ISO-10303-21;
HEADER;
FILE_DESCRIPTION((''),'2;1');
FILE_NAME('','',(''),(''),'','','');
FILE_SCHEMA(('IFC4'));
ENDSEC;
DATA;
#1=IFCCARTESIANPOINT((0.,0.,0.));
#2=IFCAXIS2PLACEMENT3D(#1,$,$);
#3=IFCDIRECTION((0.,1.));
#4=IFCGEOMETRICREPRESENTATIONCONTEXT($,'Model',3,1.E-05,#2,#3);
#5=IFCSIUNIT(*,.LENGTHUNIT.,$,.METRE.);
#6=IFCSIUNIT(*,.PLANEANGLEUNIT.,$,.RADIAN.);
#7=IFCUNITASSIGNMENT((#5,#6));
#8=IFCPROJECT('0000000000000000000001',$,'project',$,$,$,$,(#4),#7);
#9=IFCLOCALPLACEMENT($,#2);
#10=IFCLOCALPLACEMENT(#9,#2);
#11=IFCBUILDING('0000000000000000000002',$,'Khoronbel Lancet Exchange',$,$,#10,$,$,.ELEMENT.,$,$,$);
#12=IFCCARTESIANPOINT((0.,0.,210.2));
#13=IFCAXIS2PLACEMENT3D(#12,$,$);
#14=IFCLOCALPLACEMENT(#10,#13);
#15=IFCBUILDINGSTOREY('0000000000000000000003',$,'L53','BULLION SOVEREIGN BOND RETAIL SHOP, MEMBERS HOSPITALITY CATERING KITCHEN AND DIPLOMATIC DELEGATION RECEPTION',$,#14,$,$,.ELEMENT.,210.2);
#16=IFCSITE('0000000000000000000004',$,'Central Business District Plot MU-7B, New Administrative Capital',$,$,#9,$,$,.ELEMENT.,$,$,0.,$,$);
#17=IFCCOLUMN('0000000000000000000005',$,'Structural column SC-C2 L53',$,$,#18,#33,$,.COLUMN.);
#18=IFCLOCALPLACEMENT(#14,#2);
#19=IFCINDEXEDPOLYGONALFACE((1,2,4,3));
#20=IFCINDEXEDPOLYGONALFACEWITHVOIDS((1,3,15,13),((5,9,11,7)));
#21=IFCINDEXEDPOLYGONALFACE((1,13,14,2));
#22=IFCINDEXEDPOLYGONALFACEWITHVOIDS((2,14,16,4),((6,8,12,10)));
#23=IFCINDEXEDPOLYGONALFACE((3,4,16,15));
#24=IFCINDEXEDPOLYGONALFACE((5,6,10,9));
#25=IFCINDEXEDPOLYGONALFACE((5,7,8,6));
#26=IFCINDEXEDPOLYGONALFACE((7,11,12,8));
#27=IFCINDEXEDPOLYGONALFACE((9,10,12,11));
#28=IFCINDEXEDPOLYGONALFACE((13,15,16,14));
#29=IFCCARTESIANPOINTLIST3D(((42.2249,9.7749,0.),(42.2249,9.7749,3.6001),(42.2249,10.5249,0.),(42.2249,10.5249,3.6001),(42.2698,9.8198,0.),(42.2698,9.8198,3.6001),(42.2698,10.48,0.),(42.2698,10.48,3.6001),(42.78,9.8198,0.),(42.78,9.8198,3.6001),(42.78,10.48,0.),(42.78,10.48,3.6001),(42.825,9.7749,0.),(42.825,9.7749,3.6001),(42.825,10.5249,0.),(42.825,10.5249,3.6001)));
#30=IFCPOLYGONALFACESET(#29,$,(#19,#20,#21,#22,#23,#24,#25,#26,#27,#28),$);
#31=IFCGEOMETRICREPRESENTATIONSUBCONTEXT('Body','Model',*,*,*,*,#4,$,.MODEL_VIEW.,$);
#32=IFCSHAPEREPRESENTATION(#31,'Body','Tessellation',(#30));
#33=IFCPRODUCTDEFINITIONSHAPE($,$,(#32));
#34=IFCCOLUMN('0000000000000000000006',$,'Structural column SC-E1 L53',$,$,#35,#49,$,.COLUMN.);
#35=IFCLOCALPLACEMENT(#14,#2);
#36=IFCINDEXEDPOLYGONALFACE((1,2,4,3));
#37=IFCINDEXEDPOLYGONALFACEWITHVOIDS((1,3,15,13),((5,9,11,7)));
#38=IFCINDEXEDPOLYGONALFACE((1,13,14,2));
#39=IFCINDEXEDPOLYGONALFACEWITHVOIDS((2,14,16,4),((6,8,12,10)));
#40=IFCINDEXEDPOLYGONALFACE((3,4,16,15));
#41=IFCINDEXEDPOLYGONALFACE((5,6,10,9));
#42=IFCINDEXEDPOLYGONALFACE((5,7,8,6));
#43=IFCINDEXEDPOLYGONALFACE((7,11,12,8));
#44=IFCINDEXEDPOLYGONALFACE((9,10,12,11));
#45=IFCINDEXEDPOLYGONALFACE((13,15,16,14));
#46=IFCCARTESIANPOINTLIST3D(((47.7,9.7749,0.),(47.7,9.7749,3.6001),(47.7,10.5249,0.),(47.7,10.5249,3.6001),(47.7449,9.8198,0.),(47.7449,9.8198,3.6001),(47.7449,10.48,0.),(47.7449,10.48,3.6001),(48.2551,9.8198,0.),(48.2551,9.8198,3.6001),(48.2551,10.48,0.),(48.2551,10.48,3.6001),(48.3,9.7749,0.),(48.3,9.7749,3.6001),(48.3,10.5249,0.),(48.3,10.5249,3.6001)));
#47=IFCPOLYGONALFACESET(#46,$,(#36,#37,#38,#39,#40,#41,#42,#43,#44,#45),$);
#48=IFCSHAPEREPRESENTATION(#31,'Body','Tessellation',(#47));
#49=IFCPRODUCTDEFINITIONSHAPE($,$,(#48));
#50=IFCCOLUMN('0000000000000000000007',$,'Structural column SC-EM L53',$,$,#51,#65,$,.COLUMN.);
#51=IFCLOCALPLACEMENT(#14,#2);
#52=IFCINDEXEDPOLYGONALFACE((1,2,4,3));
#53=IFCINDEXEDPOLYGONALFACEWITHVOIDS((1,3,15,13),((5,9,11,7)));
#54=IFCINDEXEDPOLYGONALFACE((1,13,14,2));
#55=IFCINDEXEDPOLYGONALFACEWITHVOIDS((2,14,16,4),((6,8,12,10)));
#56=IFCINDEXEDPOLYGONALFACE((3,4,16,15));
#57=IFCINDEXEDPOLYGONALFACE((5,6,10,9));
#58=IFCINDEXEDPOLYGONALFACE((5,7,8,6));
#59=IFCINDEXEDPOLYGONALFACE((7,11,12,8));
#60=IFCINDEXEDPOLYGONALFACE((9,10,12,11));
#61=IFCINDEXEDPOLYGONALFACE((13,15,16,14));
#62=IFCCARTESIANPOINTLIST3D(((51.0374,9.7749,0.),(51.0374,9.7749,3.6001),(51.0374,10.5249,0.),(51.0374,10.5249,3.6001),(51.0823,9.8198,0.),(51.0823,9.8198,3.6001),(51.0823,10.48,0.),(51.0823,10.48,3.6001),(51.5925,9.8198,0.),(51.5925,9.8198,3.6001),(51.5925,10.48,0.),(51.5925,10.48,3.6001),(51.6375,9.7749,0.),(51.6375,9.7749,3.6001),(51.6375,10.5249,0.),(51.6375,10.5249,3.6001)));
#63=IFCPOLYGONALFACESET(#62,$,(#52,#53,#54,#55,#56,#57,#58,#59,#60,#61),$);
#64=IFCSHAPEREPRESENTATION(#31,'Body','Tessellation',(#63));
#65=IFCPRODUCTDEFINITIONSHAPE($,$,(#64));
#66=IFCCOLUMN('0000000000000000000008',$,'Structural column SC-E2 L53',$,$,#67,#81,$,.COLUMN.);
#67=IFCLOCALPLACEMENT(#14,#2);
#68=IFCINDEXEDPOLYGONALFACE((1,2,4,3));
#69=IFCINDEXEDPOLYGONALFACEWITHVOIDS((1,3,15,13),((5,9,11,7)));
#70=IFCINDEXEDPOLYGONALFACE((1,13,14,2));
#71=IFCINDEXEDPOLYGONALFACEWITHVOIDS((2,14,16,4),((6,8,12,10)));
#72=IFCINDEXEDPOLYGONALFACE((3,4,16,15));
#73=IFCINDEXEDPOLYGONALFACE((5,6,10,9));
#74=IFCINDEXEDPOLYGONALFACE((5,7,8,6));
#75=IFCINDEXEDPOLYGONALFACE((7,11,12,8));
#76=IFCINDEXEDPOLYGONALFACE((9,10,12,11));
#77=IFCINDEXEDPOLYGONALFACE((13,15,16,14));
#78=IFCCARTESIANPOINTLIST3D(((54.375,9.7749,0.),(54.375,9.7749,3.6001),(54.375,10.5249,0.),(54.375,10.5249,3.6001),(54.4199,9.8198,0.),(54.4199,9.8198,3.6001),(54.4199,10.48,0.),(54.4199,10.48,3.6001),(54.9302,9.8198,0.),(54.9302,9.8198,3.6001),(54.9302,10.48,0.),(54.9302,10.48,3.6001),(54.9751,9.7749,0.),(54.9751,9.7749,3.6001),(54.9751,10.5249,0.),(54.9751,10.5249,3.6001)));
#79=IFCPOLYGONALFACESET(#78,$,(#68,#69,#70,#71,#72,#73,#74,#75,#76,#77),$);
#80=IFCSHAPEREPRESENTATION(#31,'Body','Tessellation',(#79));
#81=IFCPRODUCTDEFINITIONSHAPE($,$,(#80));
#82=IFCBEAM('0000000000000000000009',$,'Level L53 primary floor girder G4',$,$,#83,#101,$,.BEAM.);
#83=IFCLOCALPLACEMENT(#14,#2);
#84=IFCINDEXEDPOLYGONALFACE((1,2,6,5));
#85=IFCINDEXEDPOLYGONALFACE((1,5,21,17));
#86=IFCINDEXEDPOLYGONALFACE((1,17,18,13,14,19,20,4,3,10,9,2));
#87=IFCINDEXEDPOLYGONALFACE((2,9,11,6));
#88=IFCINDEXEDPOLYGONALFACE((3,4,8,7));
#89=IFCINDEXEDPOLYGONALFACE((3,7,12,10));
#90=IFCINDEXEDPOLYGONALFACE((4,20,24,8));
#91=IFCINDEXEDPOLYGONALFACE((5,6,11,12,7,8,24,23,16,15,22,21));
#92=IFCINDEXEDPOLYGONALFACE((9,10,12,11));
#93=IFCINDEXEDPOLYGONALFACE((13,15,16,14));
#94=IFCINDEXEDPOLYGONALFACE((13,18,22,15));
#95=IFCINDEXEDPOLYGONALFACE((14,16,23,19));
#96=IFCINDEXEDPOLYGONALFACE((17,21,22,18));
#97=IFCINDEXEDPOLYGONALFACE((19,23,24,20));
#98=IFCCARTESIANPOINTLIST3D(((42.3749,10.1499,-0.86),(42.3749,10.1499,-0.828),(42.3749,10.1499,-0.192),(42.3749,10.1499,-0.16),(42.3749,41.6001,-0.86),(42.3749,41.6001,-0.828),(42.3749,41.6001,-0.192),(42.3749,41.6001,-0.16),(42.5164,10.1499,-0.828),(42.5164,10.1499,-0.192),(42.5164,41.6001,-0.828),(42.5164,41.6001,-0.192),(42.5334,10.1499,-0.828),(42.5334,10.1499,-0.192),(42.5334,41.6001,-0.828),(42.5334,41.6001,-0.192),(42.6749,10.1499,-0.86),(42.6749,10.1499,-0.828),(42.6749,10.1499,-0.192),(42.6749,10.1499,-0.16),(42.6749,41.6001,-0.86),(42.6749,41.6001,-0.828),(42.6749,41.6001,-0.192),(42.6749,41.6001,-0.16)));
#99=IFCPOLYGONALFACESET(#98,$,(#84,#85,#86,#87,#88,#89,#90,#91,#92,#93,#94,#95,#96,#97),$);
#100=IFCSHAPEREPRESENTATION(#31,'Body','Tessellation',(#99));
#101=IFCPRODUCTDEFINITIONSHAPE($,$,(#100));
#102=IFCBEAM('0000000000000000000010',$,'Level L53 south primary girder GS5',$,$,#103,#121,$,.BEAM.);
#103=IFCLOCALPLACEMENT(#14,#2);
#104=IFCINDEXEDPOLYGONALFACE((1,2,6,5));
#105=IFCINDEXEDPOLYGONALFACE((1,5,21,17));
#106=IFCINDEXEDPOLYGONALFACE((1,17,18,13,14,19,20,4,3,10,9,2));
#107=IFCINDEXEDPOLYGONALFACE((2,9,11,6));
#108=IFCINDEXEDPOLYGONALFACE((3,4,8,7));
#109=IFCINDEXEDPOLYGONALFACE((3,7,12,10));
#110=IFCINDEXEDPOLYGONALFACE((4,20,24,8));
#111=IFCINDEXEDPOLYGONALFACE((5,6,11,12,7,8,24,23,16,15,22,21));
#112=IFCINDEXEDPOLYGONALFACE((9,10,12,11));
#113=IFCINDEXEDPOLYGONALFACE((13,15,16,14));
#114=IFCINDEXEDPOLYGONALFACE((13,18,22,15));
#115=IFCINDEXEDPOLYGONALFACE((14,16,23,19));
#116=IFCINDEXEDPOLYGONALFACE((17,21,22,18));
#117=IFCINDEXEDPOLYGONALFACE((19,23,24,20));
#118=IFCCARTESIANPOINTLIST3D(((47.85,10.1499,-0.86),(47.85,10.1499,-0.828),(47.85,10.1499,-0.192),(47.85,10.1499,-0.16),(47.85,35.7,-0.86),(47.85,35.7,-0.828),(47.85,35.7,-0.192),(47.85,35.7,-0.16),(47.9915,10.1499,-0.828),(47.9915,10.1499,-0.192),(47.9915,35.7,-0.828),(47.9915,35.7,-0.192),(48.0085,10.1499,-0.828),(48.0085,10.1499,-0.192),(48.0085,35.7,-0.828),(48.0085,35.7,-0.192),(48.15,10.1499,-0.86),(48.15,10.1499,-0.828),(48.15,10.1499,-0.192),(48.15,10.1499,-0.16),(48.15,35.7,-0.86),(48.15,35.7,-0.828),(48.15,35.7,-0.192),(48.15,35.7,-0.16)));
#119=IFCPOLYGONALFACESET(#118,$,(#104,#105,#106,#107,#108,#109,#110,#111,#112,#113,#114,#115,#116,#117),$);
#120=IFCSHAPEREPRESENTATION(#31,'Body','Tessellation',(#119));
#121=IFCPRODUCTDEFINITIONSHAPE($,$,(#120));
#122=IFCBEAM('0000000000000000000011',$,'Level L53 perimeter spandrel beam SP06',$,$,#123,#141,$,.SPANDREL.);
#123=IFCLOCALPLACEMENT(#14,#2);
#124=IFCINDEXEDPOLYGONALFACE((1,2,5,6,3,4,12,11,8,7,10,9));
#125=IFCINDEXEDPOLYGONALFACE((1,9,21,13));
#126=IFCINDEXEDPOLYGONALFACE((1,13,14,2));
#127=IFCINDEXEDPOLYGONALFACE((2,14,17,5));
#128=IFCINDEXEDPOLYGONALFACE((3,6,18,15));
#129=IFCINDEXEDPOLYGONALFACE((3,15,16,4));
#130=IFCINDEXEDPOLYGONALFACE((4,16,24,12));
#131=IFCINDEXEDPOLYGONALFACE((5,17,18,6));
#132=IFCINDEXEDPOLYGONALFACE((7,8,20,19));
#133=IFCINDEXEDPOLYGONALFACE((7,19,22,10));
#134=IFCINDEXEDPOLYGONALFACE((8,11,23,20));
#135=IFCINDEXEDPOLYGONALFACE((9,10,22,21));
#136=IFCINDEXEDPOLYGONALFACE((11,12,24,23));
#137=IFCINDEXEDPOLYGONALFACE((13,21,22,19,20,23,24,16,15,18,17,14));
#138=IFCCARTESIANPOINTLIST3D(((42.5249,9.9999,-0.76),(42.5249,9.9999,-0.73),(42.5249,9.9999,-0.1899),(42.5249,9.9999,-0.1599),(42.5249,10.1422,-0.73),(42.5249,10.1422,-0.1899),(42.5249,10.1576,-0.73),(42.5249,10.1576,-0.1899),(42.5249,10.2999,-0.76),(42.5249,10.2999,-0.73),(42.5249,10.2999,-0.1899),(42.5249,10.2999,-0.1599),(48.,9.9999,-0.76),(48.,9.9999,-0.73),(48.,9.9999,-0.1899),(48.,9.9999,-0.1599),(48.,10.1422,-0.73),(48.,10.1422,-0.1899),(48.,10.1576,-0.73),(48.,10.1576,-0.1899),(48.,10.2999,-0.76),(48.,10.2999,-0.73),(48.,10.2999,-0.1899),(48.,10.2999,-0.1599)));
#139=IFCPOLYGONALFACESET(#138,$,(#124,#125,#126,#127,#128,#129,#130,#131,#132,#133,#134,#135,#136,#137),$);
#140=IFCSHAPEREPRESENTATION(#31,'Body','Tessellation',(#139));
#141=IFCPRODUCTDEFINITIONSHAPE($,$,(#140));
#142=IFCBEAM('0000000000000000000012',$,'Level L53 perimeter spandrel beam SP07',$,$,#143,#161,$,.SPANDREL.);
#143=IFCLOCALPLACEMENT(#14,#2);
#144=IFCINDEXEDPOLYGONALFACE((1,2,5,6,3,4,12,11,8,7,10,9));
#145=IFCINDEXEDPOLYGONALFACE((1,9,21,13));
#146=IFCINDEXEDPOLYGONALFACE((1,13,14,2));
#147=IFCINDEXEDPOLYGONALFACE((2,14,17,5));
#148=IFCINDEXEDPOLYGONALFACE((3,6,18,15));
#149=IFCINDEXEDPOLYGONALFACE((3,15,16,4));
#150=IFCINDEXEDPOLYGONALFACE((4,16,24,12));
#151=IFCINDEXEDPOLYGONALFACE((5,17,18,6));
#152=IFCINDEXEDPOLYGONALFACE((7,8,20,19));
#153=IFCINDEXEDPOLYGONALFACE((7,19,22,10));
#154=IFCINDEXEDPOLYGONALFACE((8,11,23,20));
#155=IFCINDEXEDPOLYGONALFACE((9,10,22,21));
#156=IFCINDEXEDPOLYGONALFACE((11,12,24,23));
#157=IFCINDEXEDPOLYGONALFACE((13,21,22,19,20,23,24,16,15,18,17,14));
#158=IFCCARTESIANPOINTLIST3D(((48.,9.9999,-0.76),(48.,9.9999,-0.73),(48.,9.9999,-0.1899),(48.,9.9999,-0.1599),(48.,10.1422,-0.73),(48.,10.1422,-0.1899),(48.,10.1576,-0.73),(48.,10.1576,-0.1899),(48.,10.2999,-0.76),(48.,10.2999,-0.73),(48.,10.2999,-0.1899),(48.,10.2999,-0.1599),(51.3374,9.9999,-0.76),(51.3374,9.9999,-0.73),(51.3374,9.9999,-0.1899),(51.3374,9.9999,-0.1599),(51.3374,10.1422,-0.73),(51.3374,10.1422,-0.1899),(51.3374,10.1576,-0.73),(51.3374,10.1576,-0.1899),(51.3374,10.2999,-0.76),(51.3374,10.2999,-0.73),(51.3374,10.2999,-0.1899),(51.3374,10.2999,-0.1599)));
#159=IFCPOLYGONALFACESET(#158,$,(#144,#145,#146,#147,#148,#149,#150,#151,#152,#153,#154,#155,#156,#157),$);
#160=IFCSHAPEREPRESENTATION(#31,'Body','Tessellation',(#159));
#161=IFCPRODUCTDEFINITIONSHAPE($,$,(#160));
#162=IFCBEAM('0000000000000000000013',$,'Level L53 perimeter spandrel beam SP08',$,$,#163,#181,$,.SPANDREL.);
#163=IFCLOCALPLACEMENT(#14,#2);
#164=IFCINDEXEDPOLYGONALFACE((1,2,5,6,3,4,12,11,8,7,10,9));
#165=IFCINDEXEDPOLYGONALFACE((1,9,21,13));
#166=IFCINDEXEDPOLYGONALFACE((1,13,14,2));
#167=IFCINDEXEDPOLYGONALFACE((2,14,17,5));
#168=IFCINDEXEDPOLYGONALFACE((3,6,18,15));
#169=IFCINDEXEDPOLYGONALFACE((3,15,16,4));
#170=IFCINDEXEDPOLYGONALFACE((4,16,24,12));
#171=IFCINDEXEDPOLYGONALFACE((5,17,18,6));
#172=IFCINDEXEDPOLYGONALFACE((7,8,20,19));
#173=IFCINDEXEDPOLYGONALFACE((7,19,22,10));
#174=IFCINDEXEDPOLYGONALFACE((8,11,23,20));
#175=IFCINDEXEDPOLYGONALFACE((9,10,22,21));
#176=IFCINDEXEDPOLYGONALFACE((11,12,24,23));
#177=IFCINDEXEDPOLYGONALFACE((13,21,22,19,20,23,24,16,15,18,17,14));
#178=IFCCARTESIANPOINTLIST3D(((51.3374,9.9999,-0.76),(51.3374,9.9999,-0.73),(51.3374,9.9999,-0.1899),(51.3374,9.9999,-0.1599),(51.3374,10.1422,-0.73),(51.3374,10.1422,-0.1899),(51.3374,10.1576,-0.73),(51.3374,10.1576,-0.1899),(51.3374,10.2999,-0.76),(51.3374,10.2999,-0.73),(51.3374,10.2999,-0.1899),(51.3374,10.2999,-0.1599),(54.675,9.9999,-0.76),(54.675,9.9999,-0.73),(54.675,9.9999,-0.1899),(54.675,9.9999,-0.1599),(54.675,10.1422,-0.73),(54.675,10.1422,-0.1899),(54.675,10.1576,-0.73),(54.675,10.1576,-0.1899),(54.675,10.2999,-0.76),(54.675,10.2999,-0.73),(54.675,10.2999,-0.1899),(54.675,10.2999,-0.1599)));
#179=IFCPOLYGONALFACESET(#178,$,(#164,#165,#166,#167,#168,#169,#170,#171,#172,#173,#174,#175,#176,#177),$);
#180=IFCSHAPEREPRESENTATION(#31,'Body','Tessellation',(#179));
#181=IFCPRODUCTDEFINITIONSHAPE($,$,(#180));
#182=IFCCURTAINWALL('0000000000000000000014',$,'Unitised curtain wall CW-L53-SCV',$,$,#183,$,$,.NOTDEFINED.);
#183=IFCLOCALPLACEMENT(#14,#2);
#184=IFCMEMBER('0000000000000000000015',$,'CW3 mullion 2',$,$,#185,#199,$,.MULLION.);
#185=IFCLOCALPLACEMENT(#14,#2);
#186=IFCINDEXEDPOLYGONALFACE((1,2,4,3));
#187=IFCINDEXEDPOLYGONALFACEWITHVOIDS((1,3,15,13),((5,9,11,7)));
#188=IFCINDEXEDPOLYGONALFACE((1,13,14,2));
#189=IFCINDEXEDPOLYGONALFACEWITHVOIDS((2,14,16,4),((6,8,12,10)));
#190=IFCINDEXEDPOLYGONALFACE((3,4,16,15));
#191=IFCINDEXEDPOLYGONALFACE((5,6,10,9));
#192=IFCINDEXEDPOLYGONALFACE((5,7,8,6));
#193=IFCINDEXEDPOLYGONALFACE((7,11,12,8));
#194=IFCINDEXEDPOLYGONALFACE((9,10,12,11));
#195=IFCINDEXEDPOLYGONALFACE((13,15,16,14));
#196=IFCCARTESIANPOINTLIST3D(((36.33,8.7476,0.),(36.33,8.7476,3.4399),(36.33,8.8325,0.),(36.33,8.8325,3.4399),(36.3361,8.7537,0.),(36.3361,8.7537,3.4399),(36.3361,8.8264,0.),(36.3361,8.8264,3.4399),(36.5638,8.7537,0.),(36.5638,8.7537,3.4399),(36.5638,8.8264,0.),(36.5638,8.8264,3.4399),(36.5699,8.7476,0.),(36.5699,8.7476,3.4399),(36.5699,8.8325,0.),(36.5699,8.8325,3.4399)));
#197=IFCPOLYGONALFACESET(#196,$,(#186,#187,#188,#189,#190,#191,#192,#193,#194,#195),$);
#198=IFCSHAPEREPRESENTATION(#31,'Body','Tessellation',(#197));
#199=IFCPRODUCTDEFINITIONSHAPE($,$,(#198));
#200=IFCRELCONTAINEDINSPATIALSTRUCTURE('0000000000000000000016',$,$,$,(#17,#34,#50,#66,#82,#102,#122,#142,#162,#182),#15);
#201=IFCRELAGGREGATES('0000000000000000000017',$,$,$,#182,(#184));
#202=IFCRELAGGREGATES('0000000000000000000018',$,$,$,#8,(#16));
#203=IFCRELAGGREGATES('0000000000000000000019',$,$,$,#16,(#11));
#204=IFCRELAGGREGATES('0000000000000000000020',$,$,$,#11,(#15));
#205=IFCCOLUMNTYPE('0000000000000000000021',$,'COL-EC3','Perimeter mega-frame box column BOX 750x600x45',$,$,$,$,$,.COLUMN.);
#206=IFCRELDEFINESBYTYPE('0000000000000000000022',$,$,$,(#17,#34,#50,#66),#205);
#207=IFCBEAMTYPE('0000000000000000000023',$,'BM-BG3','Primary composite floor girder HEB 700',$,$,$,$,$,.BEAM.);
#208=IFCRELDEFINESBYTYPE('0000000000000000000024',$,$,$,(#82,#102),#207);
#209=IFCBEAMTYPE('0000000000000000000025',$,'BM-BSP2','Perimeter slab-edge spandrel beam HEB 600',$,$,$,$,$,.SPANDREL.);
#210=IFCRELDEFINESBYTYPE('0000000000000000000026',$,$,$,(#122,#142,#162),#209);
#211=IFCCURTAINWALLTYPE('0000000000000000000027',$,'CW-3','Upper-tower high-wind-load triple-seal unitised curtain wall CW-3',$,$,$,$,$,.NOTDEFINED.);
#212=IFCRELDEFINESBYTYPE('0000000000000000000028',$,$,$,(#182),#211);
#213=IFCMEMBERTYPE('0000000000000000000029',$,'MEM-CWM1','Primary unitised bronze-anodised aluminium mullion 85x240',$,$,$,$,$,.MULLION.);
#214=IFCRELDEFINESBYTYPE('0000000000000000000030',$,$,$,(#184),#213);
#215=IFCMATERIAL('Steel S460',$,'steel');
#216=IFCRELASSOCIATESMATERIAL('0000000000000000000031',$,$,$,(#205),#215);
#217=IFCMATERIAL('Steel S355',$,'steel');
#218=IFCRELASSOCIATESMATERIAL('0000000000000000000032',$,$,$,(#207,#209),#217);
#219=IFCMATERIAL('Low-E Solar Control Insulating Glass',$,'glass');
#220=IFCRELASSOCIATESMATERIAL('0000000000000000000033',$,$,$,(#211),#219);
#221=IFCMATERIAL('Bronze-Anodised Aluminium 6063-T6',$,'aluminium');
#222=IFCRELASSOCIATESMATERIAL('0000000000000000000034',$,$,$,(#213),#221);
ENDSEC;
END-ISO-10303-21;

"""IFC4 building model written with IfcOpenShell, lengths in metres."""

from ifc_helpers import new_model, si_unit, direction, frame, origin, origin_2d, place, context, subcontext, project, spatial, hollow_rectangle, i_section, extrude, material, material_profile, profile_set, type_object, element, aggregate, save


model = new_model("IFC4")

# Units and contexts
model_context = context("Model", 3, precision=1e-05, world=origin(), true_north=direction((0.0, 1.0)))
body_context = subcontext(model_context, "Body", "Model", "MODEL_VIEW")
ifc_project = project(units=[si_unit("LENGTHUNIT", "METRE"), si_unit("PLANEANGLEUNIT", "RADIAN")], contexts=[model_context])

# Site, building, storey
site_placement = place(None, origin())
site = spatial("IfcSite", under=ifc_project, at=site_placement, Name="Central Business District Plot MU-7B, New Administrative Capital", CompositionType="ELEMENT", RefElevation=0.0)
building_placement = place(site_placement, origin())
building = spatial("IfcBuilding", under=site, at=building_placement, Name="Khoronbel Lancet Exchange", CompositionType="ELEMENT")
storey_placement = place(building_placement, frame((0.0, 0.0, 210.2)))
storey = spatial("IfcBuildingStorey", under=building, at=storey_placement, Name="L53", Description="BULLION SOVEREIGN BOND RETAIL SHOP, MEMBERS HOSPITALITY CATERING KITCHEN AND DIPLOMATIC DELEGATION RECEPTION", CompositionType="ELEMENT", Elevation=210.2)

# Columns
ifc_material_1 = material(Name="Steel S460", Category="steel")
ifc_material_profile_1 = material_profile(ifc_material_1, hollow_rectangle(XDim=0.6001, YDim=0.75, WallThickness=0.0449, at=origin_2d()), Name="BOX 750x600x45")
ifc_profile_set_1 = profile_set([ifc_material_profile_1], Name="Steel S460")
column_type = type_object("IfcColumnType", Name="COL-EC3", Description="Perimeter mega-frame box column BOX 750x600x45", PredefinedType="COLUMN", material=ifc_profile_set_1)
for number, where, z_axis, x_axis, name in (
    (1, (42.5249, 10.1499, 0.0), (0.0, 0.0, 1.0), (1.0, 0.0, 0.0), "Structural column SC-C2 L53"),
    (2, (48.0, 10.1499, 0.0), (0.0, 0.0, 1.0), (1.0, 0.0, 0.0), "Structural column SC-E1 L53"),
    (3, (51.3374, 10.1499, 0.0), (0.0, 0.0, 1.0), (1.0, 0.0, 0.0), "Structural column SC-EM L53"),
    (4, (54.675, 10.1499, 0.0), (0.0, 0.0, 1.0), (1.0, 0.0, 0.0), "Structural column SC-E2 L53"),
):
    element("IfcColumn", number, at=place(storey_placement, frame(where, z_axis=z_axis, x_axis=x_axis)), inside=storey, type_object=column_type, Name=name, PredefinedType="COLUMN", context=body_context, shape_type="SweptSolid", body=[
        extrude(hollow_rectangle(XDim=0.6001, YDim=0.75, WallThickness=0.0449, at=origin_2d()), origin(), (0.0, 0.0, 1.0), 3.6001),
    ])

# Beams
ifc_material_2 = material(Name="Steel S355", Category="steel")
ifc_material_profile_2 = material_profile(ifc_material_2, i_section(OverallWidth=0.3, OverallDepth=0.7, WebThickness=0.0171, FlangeThickness=0.032, at=origin_2d()), Name="HEB 700")
ifc_profile_set_2 = profile_set([ifc_material_profile_2], Name="Steel S355")
beam_type_1 = type_object("IfcBeamType", Name="BM-BG3", Description="Primary composite floor girder HEB 700", PredefinedType="BEAM", material=ifc_profile_set_2)
beam_1_placement = place(storey_placement, frame((42.5249, 10.1499, -0.51), z_axis=(0.0, 1.0, 0.0), x_axis=(-1.0, 0.0, 0.0)))
element("IfcBeam", 5, at=beam_1_placement, inside=storey, type_object=beam_type_1, Name="Level L53 primary floor girder G4", PredefinedType="BEAM", context=body_context, shape_type="SweptSolid", body=[
    extrude(i_section(OverallWidth=0.3, OverallDepth=0.7, WebThickness=0.0171, FlangeThickness=0.032, at=origin_2d()), origin(), (0.0, 0.0, 1.0), 31.4502),
])
beam_2_placement = place(storey_placement, frame((48.0, 10.1499, -0.51), z_axis=(0.0, 1.0, 0.0), x_axis=(-1.0, 0.0, 0.0)))
element("IfcBeam", 6, at=beam_2_placement, inside=storey, type_object=beam_type_1, Name="Level L53 south primary girder GS5", PredefinedType="BEAM", context=body_context, shape_type="SweptSolid", body=[
    extrude(i_section(OverallWidth=0.3, OverallDepth=0.7, WebThickness=0.0171, FlangeThickness=0.032, at=origin_2d()), origin(), (0.0, 0.0, 1.0), 25.55),
])
ifc_material_profile_3 = material_profile(ifc_material_2, i_section(OverallWidth=0.3, OverallDepth=0.6001, WebThickness=0.0154, FlangeThickness=0.03, at=origin_2d()), Name="HEB 600")
ifc_profile_set_3 = profile_set([ifc_material_profile_3], Name="Steel S355")
beam_type_2 = type_object("IfcBeamType", Name="BM-BSP2", Description="Perimeter slab-edge spandrel beam HEB 600", PredefinedType="SPANDREL", material=ifc_profile_set_3)
beam_3_placement = place(storey_placement, frame((42.5249, 10.1499, -0.46), z_axis=(1.0, 0.0, 0.0), x_axis=(0.0, 1.0, 0.0)))
element("IfcBeam", 7, at=beam_3_placement, inside=storey, type_object=beam_type_2, Name="Level L53 perimeter spandrel beam SP06", PredefinedType="SPANDREL", context=body_context, shape_type="SweptSolid", body=[
    extrude(i_section(OverallWidth=0.3, OverallDepth=0.6001, WebThickness=0.0154, FlangeThickness=0.03, at=origin_2d()), origin(), (0.0, 0.0, 1.0), 5.4751),
])
beam_4_placement = place(storey_placement, frame((48.0, 10.1499, -0.46), z_axis=(1.0, 0.0, 0.0), x_axis=(0.0, 1.0, 0.0)))
element("IfcBeam", 8, at=beam_4_placement, inside=storey, type_object=beam_type_2, Name="Level L53 perimeter spandrel beam SP07", PredefinedType="SPANDREL", context=body_context, shape_type="SweptSolid", body=[
    extrude(i_section(OverallWidth=0.3, OverallDepth=0.6001, WebThickness=0.0154, FlangeThickness=0.03, at=origin_2d()), origin(), (0.0, 0.0, 1.0), 3.3374),
])
beam_5_placement = place(storey_placement, frame((51.3374, 10.1499, -0.46), z_axis=(1.0, 0.0, 0.0), x_axis=(0.0, 1.0, 0.0)))
element("IfcBeam", 9, at=beam_5_placement, inside=storey, type_object=beam_type_2, Name="Level L53 perimeter spandrel beam SP08", PredefinedType="SPANDREL", context=body_context, shape_type="SweptSolid", body=[
    extrude(i_section(OverallWidth=0.3, OverallDepth=0.6001, WebThickness=0.0154, FlangeThickness=0.03, at=origin_2d()), origin(), (0.0, 0.0, 1.0), 3.3376),
])

# Curtain wall, member
ifc_material_3 = material(Name="Low-E Solar Control Insulating Glass", Category="glass")
curtain_wall_type = type_object("IfcCurtainWallType", Name="CW-3", Description="Upper-tower high-wind-load triple-seal unitised curtain wall CW-3", PredefinedType="NOTDEFINED", material=ifc_material_3)
curtain_wall_1_placement = place(storey_placement, origin())
curtain_wall_1 = element("IfcCurtainWall", 10, at=curtain_wall_1_placement, inside=storey, type_object=curtain_wall_type, Name="Unitised curtain wall CW-L53-SCV", PredefinedType="NOTDEFINED")
ifc_material_4 = material(Name="Bronze-Anodised Aluminium 6063-T6", Category="aluminium")
ifc_material_profile_4 = material_profile(ifc_material_4, hollow_rectangle(XDim=0.085, YDim=0.24, WallThickness=0.0061, at=origin_2d()), Name="ALU MULLION 85x240")
ifc_profile_set_4 = profile_set([ifc_material_profile_4], Name="Bronze-Anodised Aluminium 6063-T6")
member_type_1 = type_object("IfcMemberType", Name="MEM-CWM1", Description="Primary unitised bronze-anodised aluminium mullion 85x240", PredefinedType="MULLION", material=ifc_profile_set_4)
member_1_placement = place(storey_placement, frame((36.45, 8.79, 0.0), z_axis=(0.0, 0.0, 1.0), x_axis=(0.0, 1.0, 0.0)))
member_1 = element("IfcMember", 11, at=member_1_placement, type_object=member_type_1, Name="CW3 mullion 2", PredefinedType="MULLION", context=body_context, shape_type="SweptSolid", body=[
    extrude(hollow_rectangle(XDim=0.085, YDim=0.24, WallThickness=0.0061, at=origin_2d()), origin(), (0.0, 0.0, 1.0), 3.4399),
])

aggregate(curtain_wall_1, [member_1])

save(model, "model.ifc")
